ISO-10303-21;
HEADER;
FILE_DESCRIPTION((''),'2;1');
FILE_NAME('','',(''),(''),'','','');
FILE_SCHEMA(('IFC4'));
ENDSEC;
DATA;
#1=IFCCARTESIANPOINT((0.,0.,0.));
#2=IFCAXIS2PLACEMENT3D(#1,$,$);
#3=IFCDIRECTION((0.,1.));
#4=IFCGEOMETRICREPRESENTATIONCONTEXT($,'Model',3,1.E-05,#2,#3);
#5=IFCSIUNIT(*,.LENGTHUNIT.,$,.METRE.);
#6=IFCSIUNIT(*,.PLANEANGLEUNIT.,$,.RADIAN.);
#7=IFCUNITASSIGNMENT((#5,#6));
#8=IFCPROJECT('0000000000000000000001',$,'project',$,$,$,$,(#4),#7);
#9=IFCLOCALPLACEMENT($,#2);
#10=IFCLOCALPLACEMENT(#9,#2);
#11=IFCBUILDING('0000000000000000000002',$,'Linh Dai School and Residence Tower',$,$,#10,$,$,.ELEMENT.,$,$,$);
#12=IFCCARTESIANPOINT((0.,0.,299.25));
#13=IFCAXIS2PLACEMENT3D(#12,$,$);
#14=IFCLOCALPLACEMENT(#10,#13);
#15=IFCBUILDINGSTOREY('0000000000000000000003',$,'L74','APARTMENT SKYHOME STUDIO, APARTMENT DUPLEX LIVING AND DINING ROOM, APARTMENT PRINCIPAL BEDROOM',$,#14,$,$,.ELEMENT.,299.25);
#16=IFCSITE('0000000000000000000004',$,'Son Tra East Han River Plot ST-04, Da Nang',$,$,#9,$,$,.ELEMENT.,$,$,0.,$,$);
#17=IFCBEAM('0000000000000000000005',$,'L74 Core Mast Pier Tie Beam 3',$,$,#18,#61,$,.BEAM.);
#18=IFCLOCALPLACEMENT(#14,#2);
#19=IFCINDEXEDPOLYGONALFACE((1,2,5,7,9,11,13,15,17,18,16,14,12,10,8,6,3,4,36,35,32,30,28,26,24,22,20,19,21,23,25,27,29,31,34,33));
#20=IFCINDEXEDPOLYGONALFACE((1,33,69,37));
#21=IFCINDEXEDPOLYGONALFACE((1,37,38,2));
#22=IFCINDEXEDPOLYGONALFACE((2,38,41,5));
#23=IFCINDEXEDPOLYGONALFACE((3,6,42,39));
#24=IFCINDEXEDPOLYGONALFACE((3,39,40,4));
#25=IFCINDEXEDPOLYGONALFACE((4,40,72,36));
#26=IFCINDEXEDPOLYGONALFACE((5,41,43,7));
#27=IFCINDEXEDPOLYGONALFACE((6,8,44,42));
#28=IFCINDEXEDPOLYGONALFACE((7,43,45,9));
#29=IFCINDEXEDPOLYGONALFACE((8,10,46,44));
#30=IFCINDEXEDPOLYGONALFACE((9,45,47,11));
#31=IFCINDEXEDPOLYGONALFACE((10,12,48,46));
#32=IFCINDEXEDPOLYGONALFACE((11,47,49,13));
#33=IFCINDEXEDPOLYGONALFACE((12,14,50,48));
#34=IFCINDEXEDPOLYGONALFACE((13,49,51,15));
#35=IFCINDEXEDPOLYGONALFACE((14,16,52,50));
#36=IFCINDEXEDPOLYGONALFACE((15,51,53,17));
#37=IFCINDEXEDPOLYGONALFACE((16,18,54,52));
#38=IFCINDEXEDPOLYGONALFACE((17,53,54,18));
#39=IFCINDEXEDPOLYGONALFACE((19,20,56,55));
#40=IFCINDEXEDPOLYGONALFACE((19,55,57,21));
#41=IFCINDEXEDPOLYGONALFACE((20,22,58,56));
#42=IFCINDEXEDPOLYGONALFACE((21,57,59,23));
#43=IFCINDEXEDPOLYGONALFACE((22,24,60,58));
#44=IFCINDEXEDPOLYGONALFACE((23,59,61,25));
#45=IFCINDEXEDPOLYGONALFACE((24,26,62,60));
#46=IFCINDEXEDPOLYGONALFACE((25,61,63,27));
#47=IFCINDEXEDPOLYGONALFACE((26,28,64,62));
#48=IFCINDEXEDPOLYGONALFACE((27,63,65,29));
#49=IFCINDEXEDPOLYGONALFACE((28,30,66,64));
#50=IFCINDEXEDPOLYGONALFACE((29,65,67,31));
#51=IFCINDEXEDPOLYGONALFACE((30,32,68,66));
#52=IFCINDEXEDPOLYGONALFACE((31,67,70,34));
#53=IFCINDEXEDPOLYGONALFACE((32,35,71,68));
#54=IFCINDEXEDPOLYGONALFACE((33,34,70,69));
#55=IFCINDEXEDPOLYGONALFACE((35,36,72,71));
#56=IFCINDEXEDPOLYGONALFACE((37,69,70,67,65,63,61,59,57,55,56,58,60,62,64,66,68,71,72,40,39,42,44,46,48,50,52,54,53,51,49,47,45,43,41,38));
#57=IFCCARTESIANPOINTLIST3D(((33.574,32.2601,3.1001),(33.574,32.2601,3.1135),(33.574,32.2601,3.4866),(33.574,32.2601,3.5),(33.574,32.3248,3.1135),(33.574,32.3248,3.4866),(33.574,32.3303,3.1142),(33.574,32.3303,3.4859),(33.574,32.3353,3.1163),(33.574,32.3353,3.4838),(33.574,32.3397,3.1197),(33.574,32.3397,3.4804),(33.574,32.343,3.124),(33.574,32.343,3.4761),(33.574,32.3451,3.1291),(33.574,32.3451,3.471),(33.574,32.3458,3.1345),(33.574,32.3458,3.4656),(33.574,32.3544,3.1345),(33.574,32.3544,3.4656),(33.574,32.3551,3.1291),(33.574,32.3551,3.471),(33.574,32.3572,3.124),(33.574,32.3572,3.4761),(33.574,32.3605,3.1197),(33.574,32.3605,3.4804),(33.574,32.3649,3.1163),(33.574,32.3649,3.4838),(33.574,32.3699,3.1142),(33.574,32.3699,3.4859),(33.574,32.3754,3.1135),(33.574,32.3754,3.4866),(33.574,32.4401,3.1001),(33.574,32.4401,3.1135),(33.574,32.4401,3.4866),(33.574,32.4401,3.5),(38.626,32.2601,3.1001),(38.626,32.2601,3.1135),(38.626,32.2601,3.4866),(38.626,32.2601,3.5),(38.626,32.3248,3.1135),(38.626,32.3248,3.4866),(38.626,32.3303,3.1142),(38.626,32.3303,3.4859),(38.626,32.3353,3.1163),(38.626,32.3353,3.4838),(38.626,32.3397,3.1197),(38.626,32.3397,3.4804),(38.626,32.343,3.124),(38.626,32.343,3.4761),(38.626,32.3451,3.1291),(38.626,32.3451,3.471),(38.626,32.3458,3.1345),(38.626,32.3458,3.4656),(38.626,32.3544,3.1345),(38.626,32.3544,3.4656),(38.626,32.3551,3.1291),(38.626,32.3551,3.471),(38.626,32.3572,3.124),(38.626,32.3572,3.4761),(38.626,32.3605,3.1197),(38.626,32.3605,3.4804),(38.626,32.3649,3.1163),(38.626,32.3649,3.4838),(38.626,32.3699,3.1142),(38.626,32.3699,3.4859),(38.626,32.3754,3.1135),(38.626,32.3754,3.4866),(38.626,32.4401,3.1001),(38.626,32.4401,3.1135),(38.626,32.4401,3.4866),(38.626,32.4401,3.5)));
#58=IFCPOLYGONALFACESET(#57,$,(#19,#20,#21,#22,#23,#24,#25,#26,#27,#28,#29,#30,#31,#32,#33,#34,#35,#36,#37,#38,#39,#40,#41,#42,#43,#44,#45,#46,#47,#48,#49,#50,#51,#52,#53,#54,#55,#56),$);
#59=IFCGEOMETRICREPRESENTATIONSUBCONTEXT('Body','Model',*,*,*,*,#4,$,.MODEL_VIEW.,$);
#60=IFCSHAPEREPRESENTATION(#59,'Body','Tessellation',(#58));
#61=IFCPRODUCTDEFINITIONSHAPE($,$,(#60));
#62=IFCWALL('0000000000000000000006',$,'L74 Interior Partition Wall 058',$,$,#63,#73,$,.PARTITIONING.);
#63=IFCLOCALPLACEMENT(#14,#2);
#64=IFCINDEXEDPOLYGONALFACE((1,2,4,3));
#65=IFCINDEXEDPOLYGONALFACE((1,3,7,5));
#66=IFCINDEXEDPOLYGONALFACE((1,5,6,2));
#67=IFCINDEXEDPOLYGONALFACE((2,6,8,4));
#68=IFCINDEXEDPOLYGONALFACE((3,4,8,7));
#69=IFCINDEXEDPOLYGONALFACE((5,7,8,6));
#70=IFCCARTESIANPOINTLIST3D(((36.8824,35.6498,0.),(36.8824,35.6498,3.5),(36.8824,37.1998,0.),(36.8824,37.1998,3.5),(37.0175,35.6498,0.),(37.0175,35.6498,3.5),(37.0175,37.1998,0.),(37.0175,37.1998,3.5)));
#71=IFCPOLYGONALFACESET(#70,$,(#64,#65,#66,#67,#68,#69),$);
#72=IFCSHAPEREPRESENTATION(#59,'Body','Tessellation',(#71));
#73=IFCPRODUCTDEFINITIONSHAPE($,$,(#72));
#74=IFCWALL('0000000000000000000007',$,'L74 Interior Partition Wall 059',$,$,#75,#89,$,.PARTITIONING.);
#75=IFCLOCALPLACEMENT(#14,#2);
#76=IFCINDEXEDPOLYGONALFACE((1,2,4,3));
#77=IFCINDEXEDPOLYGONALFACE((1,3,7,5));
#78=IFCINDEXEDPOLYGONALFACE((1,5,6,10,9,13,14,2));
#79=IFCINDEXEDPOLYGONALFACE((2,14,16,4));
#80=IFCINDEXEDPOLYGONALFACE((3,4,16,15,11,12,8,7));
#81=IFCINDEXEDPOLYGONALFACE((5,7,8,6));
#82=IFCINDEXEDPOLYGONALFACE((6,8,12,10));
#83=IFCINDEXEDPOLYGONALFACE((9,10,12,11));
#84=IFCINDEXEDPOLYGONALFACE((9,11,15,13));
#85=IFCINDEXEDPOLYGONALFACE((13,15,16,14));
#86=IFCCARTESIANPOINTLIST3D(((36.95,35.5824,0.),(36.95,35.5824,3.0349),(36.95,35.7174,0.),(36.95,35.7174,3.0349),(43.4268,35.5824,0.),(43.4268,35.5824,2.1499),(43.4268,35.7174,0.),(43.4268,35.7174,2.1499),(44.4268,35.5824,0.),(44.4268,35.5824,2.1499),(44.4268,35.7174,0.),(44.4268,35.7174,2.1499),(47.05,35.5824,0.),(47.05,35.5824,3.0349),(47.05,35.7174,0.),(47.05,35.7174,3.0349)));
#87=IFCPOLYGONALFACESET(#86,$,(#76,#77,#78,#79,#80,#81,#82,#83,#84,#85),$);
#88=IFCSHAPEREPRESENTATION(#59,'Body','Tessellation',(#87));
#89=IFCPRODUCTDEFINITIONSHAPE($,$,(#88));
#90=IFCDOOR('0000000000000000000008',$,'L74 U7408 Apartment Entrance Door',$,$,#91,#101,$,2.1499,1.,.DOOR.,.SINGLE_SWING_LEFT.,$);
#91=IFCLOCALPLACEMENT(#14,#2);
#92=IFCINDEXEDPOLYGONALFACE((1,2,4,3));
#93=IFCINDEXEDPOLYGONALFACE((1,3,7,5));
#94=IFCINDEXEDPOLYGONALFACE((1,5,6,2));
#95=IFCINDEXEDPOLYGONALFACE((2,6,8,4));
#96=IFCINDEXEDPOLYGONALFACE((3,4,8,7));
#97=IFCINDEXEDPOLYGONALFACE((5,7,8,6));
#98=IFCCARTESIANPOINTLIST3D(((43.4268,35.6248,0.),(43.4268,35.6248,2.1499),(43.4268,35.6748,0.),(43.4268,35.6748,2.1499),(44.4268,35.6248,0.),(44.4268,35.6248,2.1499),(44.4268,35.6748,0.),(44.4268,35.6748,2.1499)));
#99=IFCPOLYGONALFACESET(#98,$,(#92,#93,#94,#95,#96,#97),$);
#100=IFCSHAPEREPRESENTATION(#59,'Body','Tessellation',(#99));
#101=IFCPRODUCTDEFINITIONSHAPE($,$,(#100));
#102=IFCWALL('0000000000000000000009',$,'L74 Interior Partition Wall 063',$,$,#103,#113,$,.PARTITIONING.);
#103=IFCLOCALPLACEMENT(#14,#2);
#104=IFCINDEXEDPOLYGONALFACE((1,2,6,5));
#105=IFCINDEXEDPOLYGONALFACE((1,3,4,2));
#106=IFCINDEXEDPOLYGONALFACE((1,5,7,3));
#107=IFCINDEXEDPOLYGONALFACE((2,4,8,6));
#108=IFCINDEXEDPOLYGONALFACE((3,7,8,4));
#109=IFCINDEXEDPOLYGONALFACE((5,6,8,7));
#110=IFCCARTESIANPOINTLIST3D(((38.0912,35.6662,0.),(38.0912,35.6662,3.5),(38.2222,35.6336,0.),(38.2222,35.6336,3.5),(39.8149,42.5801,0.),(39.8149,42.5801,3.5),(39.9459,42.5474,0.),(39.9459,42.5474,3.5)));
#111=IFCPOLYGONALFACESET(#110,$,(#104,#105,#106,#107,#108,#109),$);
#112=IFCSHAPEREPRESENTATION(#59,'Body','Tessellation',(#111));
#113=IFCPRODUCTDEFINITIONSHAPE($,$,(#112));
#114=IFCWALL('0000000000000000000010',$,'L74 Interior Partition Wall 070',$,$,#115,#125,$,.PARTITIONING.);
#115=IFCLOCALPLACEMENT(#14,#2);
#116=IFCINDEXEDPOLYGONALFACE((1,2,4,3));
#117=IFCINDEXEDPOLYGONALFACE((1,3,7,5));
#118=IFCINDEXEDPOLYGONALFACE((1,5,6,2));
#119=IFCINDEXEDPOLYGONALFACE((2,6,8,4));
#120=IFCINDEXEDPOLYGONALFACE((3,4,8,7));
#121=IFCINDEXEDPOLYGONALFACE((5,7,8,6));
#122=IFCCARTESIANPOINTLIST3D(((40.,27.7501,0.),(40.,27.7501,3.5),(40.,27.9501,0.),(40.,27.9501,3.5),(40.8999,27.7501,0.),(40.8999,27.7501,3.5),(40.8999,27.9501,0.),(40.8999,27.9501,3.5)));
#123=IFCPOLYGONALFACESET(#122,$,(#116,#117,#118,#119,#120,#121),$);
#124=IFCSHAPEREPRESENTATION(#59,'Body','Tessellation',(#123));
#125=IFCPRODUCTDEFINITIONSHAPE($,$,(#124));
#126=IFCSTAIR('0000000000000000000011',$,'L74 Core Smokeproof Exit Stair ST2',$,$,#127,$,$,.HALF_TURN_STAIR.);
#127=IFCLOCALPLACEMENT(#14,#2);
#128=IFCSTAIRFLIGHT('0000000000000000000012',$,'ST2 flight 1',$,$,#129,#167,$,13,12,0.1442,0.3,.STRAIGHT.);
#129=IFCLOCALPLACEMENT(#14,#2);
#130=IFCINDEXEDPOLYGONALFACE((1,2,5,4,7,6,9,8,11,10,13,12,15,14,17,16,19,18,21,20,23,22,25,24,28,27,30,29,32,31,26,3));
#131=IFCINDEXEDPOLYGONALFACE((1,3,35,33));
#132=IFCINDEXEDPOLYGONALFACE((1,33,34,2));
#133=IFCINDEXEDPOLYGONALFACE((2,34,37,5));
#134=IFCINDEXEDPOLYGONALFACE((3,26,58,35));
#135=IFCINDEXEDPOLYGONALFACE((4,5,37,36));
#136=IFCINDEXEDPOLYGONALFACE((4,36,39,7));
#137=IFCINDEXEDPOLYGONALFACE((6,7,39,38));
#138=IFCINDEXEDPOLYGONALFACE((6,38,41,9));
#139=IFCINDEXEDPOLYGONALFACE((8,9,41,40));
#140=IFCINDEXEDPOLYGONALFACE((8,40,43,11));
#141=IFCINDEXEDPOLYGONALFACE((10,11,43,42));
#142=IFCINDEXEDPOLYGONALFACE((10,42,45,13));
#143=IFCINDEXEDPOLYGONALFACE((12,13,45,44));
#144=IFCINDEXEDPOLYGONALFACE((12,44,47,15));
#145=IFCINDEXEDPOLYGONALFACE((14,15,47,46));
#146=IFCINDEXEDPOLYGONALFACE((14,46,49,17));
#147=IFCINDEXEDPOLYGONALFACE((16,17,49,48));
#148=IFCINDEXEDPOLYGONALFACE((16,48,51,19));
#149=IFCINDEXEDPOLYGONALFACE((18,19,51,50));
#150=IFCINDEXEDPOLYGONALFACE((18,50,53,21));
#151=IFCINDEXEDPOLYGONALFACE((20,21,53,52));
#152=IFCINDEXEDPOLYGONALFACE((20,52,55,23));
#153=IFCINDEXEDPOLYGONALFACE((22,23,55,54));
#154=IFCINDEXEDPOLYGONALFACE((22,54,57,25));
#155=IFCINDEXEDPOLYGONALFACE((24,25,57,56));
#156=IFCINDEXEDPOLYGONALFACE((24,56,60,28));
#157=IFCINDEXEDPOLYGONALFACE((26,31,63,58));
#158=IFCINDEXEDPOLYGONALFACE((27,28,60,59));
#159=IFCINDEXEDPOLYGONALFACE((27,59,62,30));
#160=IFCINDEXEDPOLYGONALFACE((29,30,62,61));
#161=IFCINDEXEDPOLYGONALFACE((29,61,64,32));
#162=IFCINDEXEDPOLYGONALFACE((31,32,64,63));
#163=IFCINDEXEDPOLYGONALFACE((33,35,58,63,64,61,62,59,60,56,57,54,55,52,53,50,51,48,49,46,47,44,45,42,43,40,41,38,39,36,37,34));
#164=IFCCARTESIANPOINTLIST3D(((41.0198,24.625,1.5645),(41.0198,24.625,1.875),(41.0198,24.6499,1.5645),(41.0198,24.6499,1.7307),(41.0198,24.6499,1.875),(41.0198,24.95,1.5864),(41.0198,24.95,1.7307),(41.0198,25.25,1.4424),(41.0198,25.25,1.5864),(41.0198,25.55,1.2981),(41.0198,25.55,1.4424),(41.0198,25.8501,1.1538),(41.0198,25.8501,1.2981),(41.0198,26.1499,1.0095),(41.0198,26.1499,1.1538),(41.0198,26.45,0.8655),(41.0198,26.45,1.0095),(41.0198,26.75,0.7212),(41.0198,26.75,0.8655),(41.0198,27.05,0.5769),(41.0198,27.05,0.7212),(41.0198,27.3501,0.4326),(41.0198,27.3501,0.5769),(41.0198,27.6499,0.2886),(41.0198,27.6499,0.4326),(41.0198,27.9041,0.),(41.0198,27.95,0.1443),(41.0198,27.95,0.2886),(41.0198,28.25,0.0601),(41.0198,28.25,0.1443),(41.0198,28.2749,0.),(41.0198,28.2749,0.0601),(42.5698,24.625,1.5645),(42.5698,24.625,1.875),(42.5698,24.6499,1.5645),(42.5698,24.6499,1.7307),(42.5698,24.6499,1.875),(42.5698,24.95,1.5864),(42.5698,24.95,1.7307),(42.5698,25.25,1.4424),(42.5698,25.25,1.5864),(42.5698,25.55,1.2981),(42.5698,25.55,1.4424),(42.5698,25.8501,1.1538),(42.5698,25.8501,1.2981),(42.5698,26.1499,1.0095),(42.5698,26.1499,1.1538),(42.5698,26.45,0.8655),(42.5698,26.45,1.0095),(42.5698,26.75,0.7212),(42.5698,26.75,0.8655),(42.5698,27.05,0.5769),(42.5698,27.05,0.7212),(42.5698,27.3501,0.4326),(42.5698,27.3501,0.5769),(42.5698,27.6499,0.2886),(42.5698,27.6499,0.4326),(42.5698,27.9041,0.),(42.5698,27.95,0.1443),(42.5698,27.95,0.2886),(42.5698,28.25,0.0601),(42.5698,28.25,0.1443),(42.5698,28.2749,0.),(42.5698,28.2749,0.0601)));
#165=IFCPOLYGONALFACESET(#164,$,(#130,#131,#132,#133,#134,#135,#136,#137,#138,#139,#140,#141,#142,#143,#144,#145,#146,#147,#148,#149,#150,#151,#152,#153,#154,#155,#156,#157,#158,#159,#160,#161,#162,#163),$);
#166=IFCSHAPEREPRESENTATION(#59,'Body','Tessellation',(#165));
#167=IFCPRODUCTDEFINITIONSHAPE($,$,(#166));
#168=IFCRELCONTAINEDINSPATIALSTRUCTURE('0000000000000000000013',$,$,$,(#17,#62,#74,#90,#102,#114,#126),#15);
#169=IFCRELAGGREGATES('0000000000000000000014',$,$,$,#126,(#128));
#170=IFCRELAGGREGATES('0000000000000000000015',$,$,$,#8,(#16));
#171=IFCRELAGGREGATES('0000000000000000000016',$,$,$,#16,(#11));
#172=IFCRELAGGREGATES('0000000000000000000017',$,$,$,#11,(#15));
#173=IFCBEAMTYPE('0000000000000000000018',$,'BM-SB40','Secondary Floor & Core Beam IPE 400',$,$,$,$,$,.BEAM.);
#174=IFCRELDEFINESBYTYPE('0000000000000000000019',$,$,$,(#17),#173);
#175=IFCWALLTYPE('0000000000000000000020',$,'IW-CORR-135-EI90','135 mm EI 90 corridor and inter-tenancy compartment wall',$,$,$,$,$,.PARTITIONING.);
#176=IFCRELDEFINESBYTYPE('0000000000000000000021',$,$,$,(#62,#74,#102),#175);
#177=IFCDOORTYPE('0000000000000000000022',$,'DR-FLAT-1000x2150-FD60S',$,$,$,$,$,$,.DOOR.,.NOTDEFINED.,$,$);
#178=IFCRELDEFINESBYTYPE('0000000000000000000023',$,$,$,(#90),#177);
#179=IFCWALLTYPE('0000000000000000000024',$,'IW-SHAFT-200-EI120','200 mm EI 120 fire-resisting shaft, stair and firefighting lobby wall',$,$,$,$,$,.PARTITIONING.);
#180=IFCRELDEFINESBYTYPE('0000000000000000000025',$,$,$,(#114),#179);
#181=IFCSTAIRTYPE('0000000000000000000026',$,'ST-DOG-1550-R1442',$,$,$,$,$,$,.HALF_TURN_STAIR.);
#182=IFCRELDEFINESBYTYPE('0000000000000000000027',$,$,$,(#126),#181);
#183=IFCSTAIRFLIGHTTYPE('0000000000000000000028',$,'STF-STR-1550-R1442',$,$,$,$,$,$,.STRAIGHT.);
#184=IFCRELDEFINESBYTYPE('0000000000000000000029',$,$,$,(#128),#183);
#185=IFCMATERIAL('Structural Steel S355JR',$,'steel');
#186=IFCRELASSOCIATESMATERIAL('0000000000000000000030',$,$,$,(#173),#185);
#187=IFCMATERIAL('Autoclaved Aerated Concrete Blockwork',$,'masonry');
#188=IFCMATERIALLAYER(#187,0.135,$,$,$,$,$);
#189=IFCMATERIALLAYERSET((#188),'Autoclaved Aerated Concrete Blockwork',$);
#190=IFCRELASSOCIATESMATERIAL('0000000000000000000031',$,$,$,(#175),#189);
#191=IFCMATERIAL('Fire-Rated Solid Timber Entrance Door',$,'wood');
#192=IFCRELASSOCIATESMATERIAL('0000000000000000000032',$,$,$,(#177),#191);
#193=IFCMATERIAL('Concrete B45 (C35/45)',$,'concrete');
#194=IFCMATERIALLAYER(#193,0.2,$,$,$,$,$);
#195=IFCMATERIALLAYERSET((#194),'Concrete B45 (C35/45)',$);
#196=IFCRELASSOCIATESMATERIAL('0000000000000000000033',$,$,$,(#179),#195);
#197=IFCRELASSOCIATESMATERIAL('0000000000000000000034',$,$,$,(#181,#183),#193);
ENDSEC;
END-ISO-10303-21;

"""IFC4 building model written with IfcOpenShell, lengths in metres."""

from ifc_helpers import new_model, si_unit, direction, frame, frame_2d, origin, origin_2d, place, context, subcontext, project, spatial, polyline, rectangle, i_section, outline, extrude, source, transform, mapped, material, layer, layer_set, material_profile, profile_set, type_object, element, fill, aggregate, save


model = new_model("IFC4")

# Units and contexts
model_context = context("Model", 3, precision=1e-05, world=origin(), true_north=direction((0.0, 1.0)))
body_context = subcontext(model_context, "Body", "Model", "MODEL_VIEW")
ifc_project = project(units=[si_unit("LENGTHUNIT", "METRE"), si_unit("PLANEANGLEUNIT", "RADIAN")], contexts=[model_context])

# Site, building, storey
site_placement = place(None, origin())
site = spatial("IfcSite", under=ifc_project, at=site_placement, Name="Son Tra East Han River Plot ST-04, Da Nang", CompositionType="ELEMENT", RefElevation=0.0)
building_placement = place(site_placement, origin())
building = spatial("IfcBuilding", under=site, at=building_placement, Name="Linh Dai School and Residence Tower", CompositionType="ELEMENT")
storey_placement = place(building_placement, frame((0.0, 0.0, 299.25)))
storey = spatial("IfcBuildingStorey", under=building, at=storey_placement, Name="L74", Description="APARTMENT SKYHOME STUDIO, APARTMENT DUPLEX LIVING AND DINING ROOM, APARTMENT PRINCIPAL BEDROOM", CompositionType="ELEMENT", Elevation=299.25)

# Shared definitions
ifc_material_1 = material(Name="Structural Steel S355JR", Category="steel")

# Beam
ifc_material_profile_1 = material_profile(ifc_material_1, i_section(OverallWidth=0.1799, OverallDepth=0.3999, WebThickness=0.0085, FlangeThickness=0.0134, FilletRadius=0.021, at=origin_2d()), Name="IPE 400")
ifc_profile_set_1 = profile_set([ifc_material_profile_1], Name="Structural Steel S355JR")
beam_type_1 = type_object("IfcBeamType", Name="BM-SB40", Description="Secondary Floor & Core Beam IPE 400", PredefinedType="BEAM", material=ifc_profile_set_1)
beam_1_placement = place(storey_placement, frame((38.626, 32.3501, 3.3), z_axis=(-1.0, 0.0, 0.0), x_axis=(0.0, -1.0, 0.0)))
element("IfcBeam", 1, at=beam_1_placement, inside=storey, type_object=beam_type_1, Name="L74 Core Mast Pier Tie Beam 3", PredefinedType="BEAM", context=body_context, shape_type="SweptSolid", body=[
    extrude(i_section(OverallWidth=0.1799, OverallDepth=0.3999, WebThickness=0.0085, FlangeThickness=0.0134, FilletRadius=0.021, at=origin_2d()), origin(), (0.0, 0.0, 1.0), 5.052),
])

# Wall
ifc_material_2 = material(Name="Autoclaved Aerated Concrete Blockwork", Category="masonry")
ifc_layer_1 = layer(ifc_material_2, 0.135)
ifc_layer_set_1 = layer_set([ifc_layer_1], Name="Autoclaved Aerated Concrete Blockwork")
wall_type_1 = type_object("IfcWallType", Name="IW-CORR-135-EI90", Description="135 mm EI 90 corridor and inter-tenancy compartment wall", PredefinedType="PARTITIONING", material=ifc_layer_set_1)
wall_1_placement = place(storey_placement, frame((36.95, 35.6499, 0.0), z_axis=(0.0, 0.0, 1.0), x_axis=(0.0, 1.0, 0.0)))
element("IfcWall", 2, at=wall_1_placement, inside=storey, type_object=wall_type_1, Name="L74 Interior Partition Wall 058", PredefinedType="PARTITIONING", context=body_context, shape_type="SweptSolid", body=[
    extrude(rectangle(XDim=1.55, YDim=0.135, at=frame_2d((0.7749, 0.0))), origin(), (0.0, 0.0, 1.0), 3.5),
])

# Wall, opening, door
wall_2_placement = place(storey_placement, frame((36.95, 35.6499, 0.0), z_axis=(0.0, 0.0, 1.0), x_axis=(1.0, 0.0, 0.0)))
wall_2 = element("IfcWall", 3, at=wall_2_placement, inside=storey, type_object=wall_type_1, Name="L74 Interior Partition Wall 059", PredefinedType="PARTITIONING", context=body_context, shape_type="SweptSolid", body=[
    extrude(rectangle(XDim=10.1001, YDim=0.135, at=frame_2d((5.05, 0.0))), origin(), (0.0, 0.0, 1.0), 3.0349),
])
opening_1_placement = place(wall_2_placement, frame((6.4768, 0.0, 0.0)))
opening_1 = element("IfcOpeningElement", 4, at=opening_1_placement, cuts=wall_2, PredefinedType="OPENING", context=body_context, shape_type="SweptSolid", body=[
    extrude(rectangle(XDim=1.0, YDim=2.1499, at=origin_2d()), frame((0.5, 0.0776, 1.075), z_axis=(0.0, -1.0, 0.0), x_axis=(1.0, 0.0, 0.0)), (0.0, 0.0, 1.0), 0.155),
])
ifc_material_3 = material(Name="Fire-Rated Solid Timber Entrance Door", Category="wood")
door_type_1 = type_object("IfcDoorType", Name="DR-FLAT-1000x2150-FD60S", OperationType="NOTDEFINED", PredefinedType="DOOR", material=ifc_material_3)
shared_shape_1 = source(origin(), body_context, "Body", "SweptSolid", [
    extrude(rectangle(XDim=1.0, YDim=2.1499, at=origin_2d()), frame((0.5, 0.0249, 1.075), z_axis=(0.0, -1.0, 0.0), x_axis=(1.0, 0.0, 0.0)), (0.0, 0.0, 1.0), 0.05),
])
door_1_placement = place(opening_1_placement, origin())
door_1 = element("IfcDoor", 5, at=door_1_placement, inside=storey, type_object=door_type_1, Name="L74 U7408 Apartment Entrance Door", OperationType="SINGLE_SWING_LEFT", OverallHeight=2.1499, OverallWidth=1.0, PredefinedType="DOOR", context=body_context, shape_type="MappedRepresentation", body=[
    mapped(shared_shape_1, transform((0.0, 0.0, 0.0), x_axis=(1.0, 0.0, 0.0), y_axis=(0.0, 1.0, 0.0), z_axis=(0.0, 0.0, 1.0), scale=1.0)),
])
fill(opening_1, door_1)

# Wall
wall_3_placement = place(storey_placement, frame((38.1567, 35.6499, 0.0), z_axis=(0.0, 0.0, 1.0), x_axis=(0.241899, 0.970302, 0.0)))
element("IfcWall", 6, at=wall_3_placement, inside=storey, type_object=wall_type_1, Name="L74 Interior Partition Wall 063", PredefinedType="PARTITIONING", context=body_context, shape_type="SweptSolid", body=[
    extrude(rectangle(XDim=7.1255, YDim=0.135, at=frame_2d((3.5627, 0.0))), origin(), (0.0, 0.0, 1.0), 3.5),
])

# Shared definitions
ifc_material_4 = material(Name="Concrete B45 (C35/45)", Category="concrete")
ifc_layer_2 = layer(ifc_material_4, 0.2)
ifc_layer_set_2 = layer_set([ifc_layer_2], Name="Concrete B45 (C35/45)")
wall_type_2 = type_object("IfcWallType", Name="IW-SHAFT-200-EI120", Description="200 mm EI 120 fire-resisting shaft, stair and firefighting lobby wall", PredefinedType="PARTITIONING", material=ifc_layer_set_2)

# Wall
wall_4_placement = place(storey_placement, frame((40.0, 27.8501, 0.0), z_axis=(0.0, 0.0, 1.0), x_axis=(1.0, 0.0, 0.0)))
element("IfcWall", 7, at=wall_4_placement, inside=storey, type_object=wall_type_2, Name="L74 Interior Partition Wall 070", PredefinedType="PARTITIONING", context=body_context, shape_type="SweptSolid", body=[
    extrude(rectangle(XDim=0.8999, YDim=0.2, at=frame_2d((0.45, 0.0))), origin(), (0.0, 0.0, 1.0), 3.5),
])

# Stair, stair flight
stair_type = type_object("IfcStairType", Name="ST-DOG-1550-R1442", PredefinedType="HALF_TURN_STAIR", material=ifc_material_4)
stair_placement = place(storey_placement, origin())
stair = element("IfcStair", 8, at=stair_placement, inside=storey, type_object=stair_type, Name="L74 Core Smokeproof Exit Stair ST2", PredefinedType="HALF_TURN_STAIR")
stair_flight_type = type_object("IfcStairFlightType", Name="STF-STR-1550-R1442", PredefinedType="STRAIGHT", material=ifc_material_4)
shared_shape_2 = source(origin(), body_context, "Body", "SweptSolid", [
    extrude(outline(polyline([(-0.0249, 0.0), (-0.0249, 0.0601), (0.0, 0.0601), (0.0, 0.1443), (0.3, 0.1443), (0.3, 0.2886), (0.6001, 0.2886), (0.6001, 0.4326), (0.8999, 0.4326), (0.8999, 0.5769), (1.2, 0.5769), (1.2, 0.7212), (1.5, 0.7212), (1.5, 0.8655), (1.8, 0.8655), (1.8, 1.0095), (2.1001, 1.0095), (2.1001, 1.1538), (2.3999, 1.1538), (2.3999, 1.2981), (2.7, 1.2981), (2.7, 1.4424), (3.0, 1.4424), (3.0, 1.5864), (3.3, 1.5864), (3.3, 1.7307), (3.6001, 1.7307), (3.6001, 1.875), (3.625, 1.875), (3.625, 1.5645), (3.6001, 1.5645), (0.3459, 0.0), (-0.0249, 0.0)])), frame((0.0, 0.7749, 0.0), z_axis=(0.0, -1.0, 0.0), x_axis=(1.0, 0.0, 0.0)), (0.0, 0.0, 1.0), 1.55),
])
stair_flight_placement = place(storey_placement, frame((41.7949, 28.25, 0.0), z_axis=(0.0, 0.0, 1.0), x_axis=(0.0, -1.0, 0.0)))
stair_flight = element("IfcStairFlight", 9, at=stair_flight_placement, type_object=stair_flight_type, Name="ST2 flight 1", NumberOfRisers=13, NumberOfTreads=12, PredefinedType="STRAIGHT", RiserHeight=0.1442, TreadLength=0.3, context=body_context, shape_type="MappedRepresentation", body=[
    mapped(shared_shape_2, transform((0.0, 0.0, 0.0), x_axis=(1.0, 0.0, 0.0), y_axis=(0.0, 1.0, 0.0), z_axis=(0.0, 0.0, 1.0), scale=1.0)),
])
aggregate(stair, [stair_flight])

save(model, "model.ifc")
